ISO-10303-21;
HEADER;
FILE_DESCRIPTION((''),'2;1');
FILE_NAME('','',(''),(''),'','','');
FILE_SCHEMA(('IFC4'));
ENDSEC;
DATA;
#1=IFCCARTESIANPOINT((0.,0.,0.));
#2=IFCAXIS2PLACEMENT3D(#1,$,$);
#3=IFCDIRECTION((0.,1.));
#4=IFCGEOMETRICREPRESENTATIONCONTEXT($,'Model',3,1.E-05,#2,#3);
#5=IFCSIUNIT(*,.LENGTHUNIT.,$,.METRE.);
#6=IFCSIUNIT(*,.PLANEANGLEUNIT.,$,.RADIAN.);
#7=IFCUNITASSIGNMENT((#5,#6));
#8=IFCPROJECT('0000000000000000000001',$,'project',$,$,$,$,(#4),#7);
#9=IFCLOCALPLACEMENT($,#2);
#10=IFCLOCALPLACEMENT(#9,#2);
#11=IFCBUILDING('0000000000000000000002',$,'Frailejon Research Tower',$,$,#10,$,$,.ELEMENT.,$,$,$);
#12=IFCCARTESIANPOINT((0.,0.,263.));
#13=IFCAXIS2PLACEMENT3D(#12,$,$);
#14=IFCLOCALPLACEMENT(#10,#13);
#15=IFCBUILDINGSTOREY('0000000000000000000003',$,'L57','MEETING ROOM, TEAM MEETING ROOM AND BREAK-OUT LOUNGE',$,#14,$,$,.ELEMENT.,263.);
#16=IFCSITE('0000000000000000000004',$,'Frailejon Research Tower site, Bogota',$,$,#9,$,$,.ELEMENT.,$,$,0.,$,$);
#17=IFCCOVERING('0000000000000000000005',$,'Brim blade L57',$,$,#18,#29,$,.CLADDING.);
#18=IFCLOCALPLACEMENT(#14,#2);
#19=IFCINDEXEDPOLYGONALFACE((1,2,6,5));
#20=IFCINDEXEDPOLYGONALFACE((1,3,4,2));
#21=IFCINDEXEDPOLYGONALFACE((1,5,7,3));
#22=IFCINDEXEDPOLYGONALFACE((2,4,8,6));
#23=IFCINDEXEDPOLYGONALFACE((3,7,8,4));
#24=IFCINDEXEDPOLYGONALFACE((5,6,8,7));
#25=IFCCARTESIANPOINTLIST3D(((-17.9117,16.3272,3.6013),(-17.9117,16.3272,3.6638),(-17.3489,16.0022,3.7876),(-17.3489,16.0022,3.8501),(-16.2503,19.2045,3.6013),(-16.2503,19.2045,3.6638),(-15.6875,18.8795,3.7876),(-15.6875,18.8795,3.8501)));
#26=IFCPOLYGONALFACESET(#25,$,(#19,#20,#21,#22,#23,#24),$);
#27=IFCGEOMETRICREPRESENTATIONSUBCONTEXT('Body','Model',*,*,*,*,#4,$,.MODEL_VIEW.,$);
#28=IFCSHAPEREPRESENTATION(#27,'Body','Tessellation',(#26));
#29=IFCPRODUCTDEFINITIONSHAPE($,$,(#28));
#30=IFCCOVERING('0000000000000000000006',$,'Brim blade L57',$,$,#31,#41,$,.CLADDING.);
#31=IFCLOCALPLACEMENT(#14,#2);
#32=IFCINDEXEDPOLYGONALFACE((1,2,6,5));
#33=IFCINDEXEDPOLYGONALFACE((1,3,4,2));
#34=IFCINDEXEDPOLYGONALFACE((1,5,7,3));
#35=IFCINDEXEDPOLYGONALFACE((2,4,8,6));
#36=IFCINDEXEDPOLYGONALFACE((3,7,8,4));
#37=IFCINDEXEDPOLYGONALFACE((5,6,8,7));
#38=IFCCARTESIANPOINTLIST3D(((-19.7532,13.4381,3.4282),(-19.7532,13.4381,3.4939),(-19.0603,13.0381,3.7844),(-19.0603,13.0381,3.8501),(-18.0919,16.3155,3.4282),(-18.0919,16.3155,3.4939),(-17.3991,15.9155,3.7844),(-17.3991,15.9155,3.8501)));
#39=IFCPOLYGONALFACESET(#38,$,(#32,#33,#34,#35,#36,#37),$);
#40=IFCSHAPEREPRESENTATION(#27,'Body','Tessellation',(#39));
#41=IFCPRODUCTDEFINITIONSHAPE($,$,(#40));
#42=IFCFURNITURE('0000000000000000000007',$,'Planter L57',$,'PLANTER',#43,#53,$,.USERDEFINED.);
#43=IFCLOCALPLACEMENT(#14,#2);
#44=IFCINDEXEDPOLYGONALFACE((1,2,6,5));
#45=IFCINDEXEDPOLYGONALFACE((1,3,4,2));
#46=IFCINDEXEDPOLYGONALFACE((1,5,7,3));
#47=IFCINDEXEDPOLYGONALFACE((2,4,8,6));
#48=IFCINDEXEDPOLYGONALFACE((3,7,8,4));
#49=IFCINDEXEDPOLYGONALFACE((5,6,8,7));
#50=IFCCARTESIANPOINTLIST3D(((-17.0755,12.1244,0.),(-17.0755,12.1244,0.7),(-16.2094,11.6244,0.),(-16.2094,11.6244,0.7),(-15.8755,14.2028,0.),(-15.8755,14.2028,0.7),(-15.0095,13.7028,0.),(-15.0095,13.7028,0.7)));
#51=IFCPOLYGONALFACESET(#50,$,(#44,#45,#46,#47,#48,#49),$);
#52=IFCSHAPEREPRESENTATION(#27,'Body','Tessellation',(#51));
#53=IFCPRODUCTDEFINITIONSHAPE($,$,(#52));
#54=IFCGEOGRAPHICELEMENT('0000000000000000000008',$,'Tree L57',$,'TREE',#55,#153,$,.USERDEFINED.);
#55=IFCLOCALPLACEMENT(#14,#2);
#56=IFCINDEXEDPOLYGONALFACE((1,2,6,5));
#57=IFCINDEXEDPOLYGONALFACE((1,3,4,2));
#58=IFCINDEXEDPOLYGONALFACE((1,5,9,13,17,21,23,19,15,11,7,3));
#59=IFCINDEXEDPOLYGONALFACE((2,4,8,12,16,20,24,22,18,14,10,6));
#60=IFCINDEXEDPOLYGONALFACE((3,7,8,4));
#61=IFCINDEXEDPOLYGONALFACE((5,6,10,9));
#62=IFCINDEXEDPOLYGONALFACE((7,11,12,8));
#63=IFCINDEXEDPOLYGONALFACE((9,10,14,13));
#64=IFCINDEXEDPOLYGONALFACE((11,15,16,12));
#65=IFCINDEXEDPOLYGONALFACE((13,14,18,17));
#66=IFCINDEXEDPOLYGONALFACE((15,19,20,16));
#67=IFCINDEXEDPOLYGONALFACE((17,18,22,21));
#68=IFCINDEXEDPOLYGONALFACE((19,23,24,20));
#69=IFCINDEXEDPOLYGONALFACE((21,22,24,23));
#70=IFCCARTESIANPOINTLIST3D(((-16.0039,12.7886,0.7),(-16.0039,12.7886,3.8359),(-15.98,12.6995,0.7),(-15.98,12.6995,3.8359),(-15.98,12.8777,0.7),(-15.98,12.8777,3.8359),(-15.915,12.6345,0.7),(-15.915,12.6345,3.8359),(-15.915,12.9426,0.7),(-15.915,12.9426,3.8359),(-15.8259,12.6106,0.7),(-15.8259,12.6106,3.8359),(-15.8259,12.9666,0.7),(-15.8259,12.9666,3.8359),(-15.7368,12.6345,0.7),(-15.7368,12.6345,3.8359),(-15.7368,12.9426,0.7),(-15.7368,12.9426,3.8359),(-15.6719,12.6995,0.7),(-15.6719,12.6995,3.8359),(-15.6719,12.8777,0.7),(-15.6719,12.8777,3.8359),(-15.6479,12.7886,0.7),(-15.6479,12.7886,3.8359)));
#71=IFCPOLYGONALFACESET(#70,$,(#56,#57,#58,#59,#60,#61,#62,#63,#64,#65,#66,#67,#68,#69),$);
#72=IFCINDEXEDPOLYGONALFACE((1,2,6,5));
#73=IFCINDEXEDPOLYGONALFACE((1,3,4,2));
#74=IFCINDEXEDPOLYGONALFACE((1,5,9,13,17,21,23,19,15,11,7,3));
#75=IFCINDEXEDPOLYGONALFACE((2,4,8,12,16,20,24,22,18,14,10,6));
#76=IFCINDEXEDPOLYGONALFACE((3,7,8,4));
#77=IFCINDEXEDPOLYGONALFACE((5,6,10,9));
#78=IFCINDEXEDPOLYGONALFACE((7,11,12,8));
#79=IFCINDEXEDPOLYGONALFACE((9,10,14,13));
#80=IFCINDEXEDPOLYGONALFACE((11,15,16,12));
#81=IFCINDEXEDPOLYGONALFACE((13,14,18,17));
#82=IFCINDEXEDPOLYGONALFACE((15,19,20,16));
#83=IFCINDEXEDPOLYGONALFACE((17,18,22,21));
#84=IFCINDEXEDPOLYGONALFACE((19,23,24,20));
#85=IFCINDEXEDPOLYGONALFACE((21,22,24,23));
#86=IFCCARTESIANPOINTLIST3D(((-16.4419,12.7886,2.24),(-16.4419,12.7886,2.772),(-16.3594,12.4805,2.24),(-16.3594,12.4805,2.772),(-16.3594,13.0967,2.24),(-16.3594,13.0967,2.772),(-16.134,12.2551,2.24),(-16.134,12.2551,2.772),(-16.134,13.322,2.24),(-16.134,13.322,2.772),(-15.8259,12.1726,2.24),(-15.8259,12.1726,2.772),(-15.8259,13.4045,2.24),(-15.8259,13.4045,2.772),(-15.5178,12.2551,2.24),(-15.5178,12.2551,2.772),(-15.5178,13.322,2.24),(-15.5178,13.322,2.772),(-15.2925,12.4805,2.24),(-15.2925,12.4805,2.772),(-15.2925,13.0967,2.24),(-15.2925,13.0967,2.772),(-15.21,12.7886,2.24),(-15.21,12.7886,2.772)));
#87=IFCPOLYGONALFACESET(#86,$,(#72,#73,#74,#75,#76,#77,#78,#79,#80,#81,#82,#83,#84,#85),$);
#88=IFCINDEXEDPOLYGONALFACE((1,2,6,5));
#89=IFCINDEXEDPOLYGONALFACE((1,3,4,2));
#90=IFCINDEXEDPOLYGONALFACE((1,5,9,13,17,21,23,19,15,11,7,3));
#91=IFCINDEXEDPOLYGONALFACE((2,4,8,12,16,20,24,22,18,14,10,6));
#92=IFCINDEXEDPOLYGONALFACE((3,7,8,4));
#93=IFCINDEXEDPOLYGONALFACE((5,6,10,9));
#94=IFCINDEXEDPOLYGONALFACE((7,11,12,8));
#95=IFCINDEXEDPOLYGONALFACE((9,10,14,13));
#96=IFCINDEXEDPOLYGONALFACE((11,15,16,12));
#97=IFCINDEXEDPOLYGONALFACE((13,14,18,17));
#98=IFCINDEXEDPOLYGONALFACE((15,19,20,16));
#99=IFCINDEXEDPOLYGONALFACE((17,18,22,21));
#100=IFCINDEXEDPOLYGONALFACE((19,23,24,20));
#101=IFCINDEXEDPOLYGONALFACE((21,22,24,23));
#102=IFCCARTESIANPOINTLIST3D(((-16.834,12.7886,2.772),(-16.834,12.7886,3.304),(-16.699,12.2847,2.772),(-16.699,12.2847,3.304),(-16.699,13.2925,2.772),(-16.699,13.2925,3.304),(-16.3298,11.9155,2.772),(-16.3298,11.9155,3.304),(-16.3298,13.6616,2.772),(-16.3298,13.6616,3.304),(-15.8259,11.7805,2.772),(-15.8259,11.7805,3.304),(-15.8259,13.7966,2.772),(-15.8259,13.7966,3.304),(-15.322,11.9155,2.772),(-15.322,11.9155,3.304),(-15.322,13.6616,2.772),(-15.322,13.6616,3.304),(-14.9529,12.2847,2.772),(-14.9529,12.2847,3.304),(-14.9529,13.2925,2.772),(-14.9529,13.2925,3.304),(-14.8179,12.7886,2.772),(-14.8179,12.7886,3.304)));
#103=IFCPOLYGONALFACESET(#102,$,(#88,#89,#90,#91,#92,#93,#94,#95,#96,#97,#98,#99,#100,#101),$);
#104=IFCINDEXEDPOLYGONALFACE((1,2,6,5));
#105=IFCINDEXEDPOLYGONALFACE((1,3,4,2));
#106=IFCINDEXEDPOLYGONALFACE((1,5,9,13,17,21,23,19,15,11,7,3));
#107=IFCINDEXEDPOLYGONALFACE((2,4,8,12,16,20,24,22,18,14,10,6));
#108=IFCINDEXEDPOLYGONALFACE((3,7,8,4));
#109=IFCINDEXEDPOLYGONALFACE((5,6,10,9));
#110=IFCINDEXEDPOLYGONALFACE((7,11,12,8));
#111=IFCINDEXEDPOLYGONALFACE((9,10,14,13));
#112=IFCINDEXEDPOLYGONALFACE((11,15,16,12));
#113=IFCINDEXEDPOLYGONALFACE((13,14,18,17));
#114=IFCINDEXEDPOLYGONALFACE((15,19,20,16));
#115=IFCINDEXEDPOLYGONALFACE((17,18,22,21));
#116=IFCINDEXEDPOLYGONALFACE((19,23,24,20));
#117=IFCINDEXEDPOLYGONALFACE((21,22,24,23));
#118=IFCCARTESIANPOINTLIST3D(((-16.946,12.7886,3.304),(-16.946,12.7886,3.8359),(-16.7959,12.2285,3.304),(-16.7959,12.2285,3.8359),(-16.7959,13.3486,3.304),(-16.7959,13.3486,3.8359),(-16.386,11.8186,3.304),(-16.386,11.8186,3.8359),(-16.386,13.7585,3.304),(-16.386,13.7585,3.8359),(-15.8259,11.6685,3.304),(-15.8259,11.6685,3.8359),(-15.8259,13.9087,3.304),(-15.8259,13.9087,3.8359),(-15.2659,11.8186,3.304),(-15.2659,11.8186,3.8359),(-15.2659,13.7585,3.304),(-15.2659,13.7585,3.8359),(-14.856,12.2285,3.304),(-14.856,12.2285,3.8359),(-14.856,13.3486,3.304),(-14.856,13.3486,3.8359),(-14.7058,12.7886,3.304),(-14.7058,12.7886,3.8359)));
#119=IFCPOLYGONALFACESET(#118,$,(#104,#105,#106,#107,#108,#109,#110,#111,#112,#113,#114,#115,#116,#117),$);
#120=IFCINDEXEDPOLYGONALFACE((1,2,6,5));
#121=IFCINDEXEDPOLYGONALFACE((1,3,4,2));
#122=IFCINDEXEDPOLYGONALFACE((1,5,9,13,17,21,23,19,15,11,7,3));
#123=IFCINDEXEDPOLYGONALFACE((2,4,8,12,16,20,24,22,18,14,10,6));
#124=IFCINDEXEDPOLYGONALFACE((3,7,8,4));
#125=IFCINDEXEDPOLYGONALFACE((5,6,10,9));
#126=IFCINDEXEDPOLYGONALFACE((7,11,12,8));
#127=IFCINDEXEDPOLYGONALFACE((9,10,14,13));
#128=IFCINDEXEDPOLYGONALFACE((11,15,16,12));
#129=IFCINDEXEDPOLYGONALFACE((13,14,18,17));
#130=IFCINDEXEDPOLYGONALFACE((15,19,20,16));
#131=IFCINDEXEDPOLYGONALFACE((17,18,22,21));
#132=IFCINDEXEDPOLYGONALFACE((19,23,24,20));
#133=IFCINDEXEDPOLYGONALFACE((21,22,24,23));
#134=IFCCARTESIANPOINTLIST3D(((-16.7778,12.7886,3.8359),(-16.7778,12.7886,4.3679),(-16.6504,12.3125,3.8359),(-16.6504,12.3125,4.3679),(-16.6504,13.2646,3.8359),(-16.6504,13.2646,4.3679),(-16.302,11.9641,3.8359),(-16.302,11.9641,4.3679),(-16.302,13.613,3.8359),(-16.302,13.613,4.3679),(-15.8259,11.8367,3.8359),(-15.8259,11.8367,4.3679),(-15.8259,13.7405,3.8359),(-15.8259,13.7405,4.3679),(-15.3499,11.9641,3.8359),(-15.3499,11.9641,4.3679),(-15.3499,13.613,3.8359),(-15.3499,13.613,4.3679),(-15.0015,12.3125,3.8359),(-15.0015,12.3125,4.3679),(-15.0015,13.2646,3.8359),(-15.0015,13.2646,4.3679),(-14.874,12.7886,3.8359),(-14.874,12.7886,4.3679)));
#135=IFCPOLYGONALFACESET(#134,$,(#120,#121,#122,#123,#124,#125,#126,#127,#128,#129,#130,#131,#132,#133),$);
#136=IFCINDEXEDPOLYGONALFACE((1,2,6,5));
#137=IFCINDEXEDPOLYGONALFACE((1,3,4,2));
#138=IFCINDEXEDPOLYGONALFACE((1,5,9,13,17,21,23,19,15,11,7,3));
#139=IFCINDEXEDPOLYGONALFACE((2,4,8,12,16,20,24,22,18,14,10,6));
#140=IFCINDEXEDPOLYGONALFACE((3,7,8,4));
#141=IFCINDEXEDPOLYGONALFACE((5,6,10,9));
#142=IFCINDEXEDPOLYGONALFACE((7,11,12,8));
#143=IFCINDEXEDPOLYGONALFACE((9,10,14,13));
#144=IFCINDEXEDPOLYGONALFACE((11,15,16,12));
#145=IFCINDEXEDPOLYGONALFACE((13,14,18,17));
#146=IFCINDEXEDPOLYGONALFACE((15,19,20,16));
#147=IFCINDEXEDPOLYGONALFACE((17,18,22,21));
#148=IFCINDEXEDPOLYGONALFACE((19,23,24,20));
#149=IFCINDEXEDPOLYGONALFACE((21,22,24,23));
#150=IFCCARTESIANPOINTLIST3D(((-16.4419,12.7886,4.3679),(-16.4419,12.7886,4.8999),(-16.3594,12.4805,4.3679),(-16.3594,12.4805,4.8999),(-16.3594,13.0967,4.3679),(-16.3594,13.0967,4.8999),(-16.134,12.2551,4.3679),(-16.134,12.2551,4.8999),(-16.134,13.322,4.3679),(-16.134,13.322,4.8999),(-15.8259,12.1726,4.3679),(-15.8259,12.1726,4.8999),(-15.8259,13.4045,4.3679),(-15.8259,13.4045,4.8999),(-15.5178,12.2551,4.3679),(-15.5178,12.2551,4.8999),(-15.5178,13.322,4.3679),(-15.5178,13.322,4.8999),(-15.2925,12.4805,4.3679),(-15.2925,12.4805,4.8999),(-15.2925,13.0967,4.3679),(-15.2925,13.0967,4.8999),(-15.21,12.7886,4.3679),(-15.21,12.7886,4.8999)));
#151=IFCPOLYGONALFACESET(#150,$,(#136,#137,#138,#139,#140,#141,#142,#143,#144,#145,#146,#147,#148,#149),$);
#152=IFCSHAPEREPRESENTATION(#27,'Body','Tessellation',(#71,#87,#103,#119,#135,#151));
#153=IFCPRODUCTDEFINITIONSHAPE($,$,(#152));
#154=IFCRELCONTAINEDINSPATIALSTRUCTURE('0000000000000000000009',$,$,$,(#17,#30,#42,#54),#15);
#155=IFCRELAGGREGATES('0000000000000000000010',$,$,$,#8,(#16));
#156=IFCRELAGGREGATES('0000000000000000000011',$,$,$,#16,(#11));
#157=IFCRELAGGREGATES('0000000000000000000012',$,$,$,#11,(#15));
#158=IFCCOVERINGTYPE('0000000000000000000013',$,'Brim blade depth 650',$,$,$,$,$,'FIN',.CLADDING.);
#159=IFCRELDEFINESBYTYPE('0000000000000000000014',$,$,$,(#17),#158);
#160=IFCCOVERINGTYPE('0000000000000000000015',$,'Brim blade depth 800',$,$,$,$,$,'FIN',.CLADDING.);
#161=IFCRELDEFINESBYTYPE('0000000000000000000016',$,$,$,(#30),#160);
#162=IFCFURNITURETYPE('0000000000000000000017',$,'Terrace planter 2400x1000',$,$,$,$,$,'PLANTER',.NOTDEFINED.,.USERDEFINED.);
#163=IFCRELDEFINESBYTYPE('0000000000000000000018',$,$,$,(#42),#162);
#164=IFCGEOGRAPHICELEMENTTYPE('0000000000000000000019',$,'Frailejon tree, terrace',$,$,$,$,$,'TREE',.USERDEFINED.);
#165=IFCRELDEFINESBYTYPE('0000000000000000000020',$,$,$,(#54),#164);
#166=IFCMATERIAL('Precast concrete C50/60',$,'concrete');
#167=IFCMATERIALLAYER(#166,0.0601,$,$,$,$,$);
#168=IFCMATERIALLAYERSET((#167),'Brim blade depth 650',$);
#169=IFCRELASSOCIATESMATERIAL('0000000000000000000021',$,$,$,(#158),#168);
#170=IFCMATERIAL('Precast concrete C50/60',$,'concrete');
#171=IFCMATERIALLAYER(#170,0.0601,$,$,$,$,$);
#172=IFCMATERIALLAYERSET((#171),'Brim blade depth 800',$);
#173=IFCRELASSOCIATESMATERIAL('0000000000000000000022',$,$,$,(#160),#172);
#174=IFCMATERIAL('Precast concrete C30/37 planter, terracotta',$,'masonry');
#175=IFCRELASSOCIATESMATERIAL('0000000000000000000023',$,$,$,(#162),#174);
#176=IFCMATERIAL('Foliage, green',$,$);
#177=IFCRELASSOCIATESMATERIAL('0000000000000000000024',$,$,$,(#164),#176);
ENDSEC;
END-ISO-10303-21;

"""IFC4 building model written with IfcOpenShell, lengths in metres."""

from ifc_helpers import new_model, si_unit, direction, frame, origin, origin_2d, place, context, subcontext, project, spatial, polyline, rectangle, outline, extrude, material, layer, layer_set, type_object, element, save


model = new_model("IFC4")

# Units and contexts
model_context = context("Model", 3, precision=1e-05, world=origin(), true_north=direction((0.0, 1.0)))
body_context = subcontext(model_context, "Body", "Model", "MODEL_VIEW")
ifc_project = project(units=[si_unit("LENGTHUNIT", "METRE"), si_unit("PLANEANGLEUNIT", "RADIAN")], contexts=[model_context])

# Site, building, storey
site_placement = place(None, origin())
site = spatial("IfcSite", under=ifc_project, at=site_placement, Name="Frailejon Research Tower site, Bogota", CompositionType="ELEMENT", RefElevation=0.0)
building_placement = place(site_placement, origin())
building = spatial("IfcBuilding", under=site, at=building_placement, Name="Frailejon Research Tower", CompositionType="ELEMENT")
storey_placement = place(building_placement, frame((0.0, 0.0, 263.0)))
storey = spatial("IfcBuildingStorey", under=building, at=storey_placement, Name="L57", Description="MEETING ROOM, TEAM MEETING ROOM AND BREAK-OUT LOUNGE", CompositionType="ELEMENT", Elevation=263.0)

# Coverings
ifc_material_1 = material(Name="Precast concrete C50/60", Category="concrete")
ifc_layer_1 = layer(ifc_material_1, 0.0601)
ifc_layer_set_1 = layer_set([ifc_layer_1], Name="Brim blade depth 650")
covering_type_1 = type_object("IfcCoveringType", Name="Brim blade depth 650", ElementType="FIN", PredefinedType="CLADDING", material=ifc_layer_set_1)
covering_1_placement = place(storey_placement, frame((-17.3489, 16.0022, 3.8501), z_axis=(0.500029, 0.866008, 0.0), x_axis=(-0.866008, 0.500029, 0.0)))
element("IfcCovering", 1, at=covering_1_placement, inside=storey, type_object=covering_type_1, Name="Brim blade L57", PredefinedType="CLADDING", context=body_context, shape_type="SweptSolid", body=[
    extrude(outline(polyline([(0.0, -0.0625), (0.6499, -0.2488), (0.6499, -0.1863), (0.0, 0.0), (0.0, -0.0625)])), origin(), (0.0, 0.0, 1.0), 3.3225),
])
ifc_material_2 = material(Name="Precast concrete C50/60", Category="concrete")
ifc_layer_2 = layer(ifc_material_2, 0.0601)
ifc_layer_set_2 = layer_set([ifc_layer_2], Name="Brim blade depth 800")
covering_type_2 = type_object("IfcCoveringType", Name="Brim blade depth 800", ElementType="FIN", PredefinedType="CLADDING", material=ifc_layer_set_2)
covering_2_placement = place(storey_placement, frame((-19.0603, 13.0381, 3.8501), z_axis=(0.499995, 0.866028, 0.0), x_axis=(-0.866028, 0.499995, 0.0)))
element("IfcCovering", 2, at=covering_2_placement, inside=storey, type_object=covering_type_2, Name="Brim blade L57", PredefinedType="CLADDING", context=body_context, shape_type="SweptSolid", body=[
    extrude(outline(polyline([(0.0, -0.0657), (0.8, -0.4219), (0.8, -0.3562), (0.0, 0.0), (0.0, -0.0657)])), origin(), (0.0, 0.0, 1.0), 3.3225),
])

# Furniture
ifc_material_3 = material(Name="Precast concrete C30/37 planter, terracotta", Category="masonry")
furniture_type = type_object("IfcFurnitureType", Name="Terrace planter 2400x1000", ElementType="PLANTER", AssemblyPlace="NOTDEFINED", PredefinedType="USERDEFINED", material=ifc_material_3)
furniture_placement = place(storey_placement, frame((-16.0425, 12.9136, 0.0), z_axis=(0.0, 0.0, 1.0), x_axis=(-0.5, -0.866025, 0.0)))
element("IfcFurniture", 3, at=furniture_placement, inside=storey, type_object=furniture_type, Name="Planter L57", ObjectType="PLANTER", PredefinedType="USERDEFINED", context=body_context, shape_type="SweptSolid", body=[
    extrude(rectangle(XDim=2.3999, YDim=1.0, at=origin_2d()), origin(), (0.0, 0.0, 1.0), 0.7),
])

# Geographic element
ifc_material_4 = material(Name="Foliage, green")
geographic_element_type = type_object("IfcGeographicElementType", Name="Frailejon tree, terrace", ElementType="TREE", PredefinedType="USERDEFINED", material=ifc_material_4)
geographic_element_placement = place(storey_placement, frame((-15.8259, 12.7886, 0.7)))
element("IfcGeographicElement", 4, at=geographic_element_placement, inside=storey, type_object=geographic_element_type, Name="Tree L57", ObjectType="TREE", PredefinedType="USERDEFINED", context=body_context, shape_type="SweptSolid", body=[
    extrude(outline(polyline([(0.178, 0.0), (0.1541, 0.0891), (0.0891, 0.1541), (0.0, 0.178), (-0.0891, 0.1541), (-0.1541, 0.0891), (-0.178, 0.0), (-0.1541, -0.0891), (-0.0891, -0.1541), (0.0, -0.178), (0.0891, -0.1541), (0.1541, -0.0891), (0.178, 0.0)])), origin(), (0.0, 0.0, 1.0), 3.136),
    extrude(outline(polyline([(0.616, 0.0), (0.5334, 0.3081), (0.3081, 0.5334), (0.0, 0.616), (-0.3081, 0.5334), (-0.5334, 0.3081), (-0.616, 0.0), (-0.5334, -0.3081), (-0.3081, -0.5334), (0.0, -0.616), (0.3081, -0.5334), (0.5334, -0.3081), (0.616, 0.0)])), frame((0.0, 0.0, 1.54)), (0.0, 0.0, 1.0), 0.532),
    extrude(outline(polyline([(1.0081, 0.0), (0.873, 0.5039), (0.5039, 0.873), (0.0, 1.0081), (-0.5039, 0.873), (-0.873, 0.5039), (-1.0081, 0.0), (-0.873, -0.5039), (-0.5039, -0.873), (0.0, -1.0081), (0.5039, -0.873), (0.873, -0.5039), (1.0081, 0.0)])), frame((0.0, 0.0, 2.072)), (0.0, 0.0, 1.0), 0.532),
    extrude(outline(polyline([(1.1201, 0.0), (0.97, 0.5601), (0.5601, 0.97), (0.0, 1.1201), (-0.5601, 0.97), (-0.97, 0.5601), (-1.1201, 0.0), (-0.97, -0.5601), (-0.5601, -0.97), (0.0, -1.1201), (0.5601, -0.97), (0.97, -0.5601), (1.1201, 0.0)])), frame((0.0, 0.0, 2.604)), (0.0, 0.0, 1.0), 0.532),
    extrude(outline(polyline([(0.9519, 0.0), (0.8245, 0.4761), (0.4761, 0.8245), (0.0, 0.9519), (-0.4761, 0.8245), (-0.8245, 0.4761), (-0.9519, 0.0), (-0.8245, -0.4761), (-0.4761, -0.8245), (0.0, -0.9519), (0.4761, -0.8245), (0.8245, -0.4761), (0.9519, 0.0)])), frame((0.0, 0.0, 3.136)), (0.0, 0.0, 1.0), 0.532),
    extrude(outline(polyline([(0.616, 0.0), (0.5334, 0.3081), (0.3081, 0.5334), (0.0, 0.616), (-0.3081, 0.5334), (-0.5334, 0.3081), (-0.616, 0.0), (-0.5334, -0.3081), (-0.3081, -0.5334), (0.0, -0.616), (0.3081, -0.5334), (0.5334, -0.3081), (0.616, 0.0)])), frame((0.0, 0.0, 3.668)), (0.0, 0.0, 1.0), 0.532),
])

save(model, "model.ifc")
